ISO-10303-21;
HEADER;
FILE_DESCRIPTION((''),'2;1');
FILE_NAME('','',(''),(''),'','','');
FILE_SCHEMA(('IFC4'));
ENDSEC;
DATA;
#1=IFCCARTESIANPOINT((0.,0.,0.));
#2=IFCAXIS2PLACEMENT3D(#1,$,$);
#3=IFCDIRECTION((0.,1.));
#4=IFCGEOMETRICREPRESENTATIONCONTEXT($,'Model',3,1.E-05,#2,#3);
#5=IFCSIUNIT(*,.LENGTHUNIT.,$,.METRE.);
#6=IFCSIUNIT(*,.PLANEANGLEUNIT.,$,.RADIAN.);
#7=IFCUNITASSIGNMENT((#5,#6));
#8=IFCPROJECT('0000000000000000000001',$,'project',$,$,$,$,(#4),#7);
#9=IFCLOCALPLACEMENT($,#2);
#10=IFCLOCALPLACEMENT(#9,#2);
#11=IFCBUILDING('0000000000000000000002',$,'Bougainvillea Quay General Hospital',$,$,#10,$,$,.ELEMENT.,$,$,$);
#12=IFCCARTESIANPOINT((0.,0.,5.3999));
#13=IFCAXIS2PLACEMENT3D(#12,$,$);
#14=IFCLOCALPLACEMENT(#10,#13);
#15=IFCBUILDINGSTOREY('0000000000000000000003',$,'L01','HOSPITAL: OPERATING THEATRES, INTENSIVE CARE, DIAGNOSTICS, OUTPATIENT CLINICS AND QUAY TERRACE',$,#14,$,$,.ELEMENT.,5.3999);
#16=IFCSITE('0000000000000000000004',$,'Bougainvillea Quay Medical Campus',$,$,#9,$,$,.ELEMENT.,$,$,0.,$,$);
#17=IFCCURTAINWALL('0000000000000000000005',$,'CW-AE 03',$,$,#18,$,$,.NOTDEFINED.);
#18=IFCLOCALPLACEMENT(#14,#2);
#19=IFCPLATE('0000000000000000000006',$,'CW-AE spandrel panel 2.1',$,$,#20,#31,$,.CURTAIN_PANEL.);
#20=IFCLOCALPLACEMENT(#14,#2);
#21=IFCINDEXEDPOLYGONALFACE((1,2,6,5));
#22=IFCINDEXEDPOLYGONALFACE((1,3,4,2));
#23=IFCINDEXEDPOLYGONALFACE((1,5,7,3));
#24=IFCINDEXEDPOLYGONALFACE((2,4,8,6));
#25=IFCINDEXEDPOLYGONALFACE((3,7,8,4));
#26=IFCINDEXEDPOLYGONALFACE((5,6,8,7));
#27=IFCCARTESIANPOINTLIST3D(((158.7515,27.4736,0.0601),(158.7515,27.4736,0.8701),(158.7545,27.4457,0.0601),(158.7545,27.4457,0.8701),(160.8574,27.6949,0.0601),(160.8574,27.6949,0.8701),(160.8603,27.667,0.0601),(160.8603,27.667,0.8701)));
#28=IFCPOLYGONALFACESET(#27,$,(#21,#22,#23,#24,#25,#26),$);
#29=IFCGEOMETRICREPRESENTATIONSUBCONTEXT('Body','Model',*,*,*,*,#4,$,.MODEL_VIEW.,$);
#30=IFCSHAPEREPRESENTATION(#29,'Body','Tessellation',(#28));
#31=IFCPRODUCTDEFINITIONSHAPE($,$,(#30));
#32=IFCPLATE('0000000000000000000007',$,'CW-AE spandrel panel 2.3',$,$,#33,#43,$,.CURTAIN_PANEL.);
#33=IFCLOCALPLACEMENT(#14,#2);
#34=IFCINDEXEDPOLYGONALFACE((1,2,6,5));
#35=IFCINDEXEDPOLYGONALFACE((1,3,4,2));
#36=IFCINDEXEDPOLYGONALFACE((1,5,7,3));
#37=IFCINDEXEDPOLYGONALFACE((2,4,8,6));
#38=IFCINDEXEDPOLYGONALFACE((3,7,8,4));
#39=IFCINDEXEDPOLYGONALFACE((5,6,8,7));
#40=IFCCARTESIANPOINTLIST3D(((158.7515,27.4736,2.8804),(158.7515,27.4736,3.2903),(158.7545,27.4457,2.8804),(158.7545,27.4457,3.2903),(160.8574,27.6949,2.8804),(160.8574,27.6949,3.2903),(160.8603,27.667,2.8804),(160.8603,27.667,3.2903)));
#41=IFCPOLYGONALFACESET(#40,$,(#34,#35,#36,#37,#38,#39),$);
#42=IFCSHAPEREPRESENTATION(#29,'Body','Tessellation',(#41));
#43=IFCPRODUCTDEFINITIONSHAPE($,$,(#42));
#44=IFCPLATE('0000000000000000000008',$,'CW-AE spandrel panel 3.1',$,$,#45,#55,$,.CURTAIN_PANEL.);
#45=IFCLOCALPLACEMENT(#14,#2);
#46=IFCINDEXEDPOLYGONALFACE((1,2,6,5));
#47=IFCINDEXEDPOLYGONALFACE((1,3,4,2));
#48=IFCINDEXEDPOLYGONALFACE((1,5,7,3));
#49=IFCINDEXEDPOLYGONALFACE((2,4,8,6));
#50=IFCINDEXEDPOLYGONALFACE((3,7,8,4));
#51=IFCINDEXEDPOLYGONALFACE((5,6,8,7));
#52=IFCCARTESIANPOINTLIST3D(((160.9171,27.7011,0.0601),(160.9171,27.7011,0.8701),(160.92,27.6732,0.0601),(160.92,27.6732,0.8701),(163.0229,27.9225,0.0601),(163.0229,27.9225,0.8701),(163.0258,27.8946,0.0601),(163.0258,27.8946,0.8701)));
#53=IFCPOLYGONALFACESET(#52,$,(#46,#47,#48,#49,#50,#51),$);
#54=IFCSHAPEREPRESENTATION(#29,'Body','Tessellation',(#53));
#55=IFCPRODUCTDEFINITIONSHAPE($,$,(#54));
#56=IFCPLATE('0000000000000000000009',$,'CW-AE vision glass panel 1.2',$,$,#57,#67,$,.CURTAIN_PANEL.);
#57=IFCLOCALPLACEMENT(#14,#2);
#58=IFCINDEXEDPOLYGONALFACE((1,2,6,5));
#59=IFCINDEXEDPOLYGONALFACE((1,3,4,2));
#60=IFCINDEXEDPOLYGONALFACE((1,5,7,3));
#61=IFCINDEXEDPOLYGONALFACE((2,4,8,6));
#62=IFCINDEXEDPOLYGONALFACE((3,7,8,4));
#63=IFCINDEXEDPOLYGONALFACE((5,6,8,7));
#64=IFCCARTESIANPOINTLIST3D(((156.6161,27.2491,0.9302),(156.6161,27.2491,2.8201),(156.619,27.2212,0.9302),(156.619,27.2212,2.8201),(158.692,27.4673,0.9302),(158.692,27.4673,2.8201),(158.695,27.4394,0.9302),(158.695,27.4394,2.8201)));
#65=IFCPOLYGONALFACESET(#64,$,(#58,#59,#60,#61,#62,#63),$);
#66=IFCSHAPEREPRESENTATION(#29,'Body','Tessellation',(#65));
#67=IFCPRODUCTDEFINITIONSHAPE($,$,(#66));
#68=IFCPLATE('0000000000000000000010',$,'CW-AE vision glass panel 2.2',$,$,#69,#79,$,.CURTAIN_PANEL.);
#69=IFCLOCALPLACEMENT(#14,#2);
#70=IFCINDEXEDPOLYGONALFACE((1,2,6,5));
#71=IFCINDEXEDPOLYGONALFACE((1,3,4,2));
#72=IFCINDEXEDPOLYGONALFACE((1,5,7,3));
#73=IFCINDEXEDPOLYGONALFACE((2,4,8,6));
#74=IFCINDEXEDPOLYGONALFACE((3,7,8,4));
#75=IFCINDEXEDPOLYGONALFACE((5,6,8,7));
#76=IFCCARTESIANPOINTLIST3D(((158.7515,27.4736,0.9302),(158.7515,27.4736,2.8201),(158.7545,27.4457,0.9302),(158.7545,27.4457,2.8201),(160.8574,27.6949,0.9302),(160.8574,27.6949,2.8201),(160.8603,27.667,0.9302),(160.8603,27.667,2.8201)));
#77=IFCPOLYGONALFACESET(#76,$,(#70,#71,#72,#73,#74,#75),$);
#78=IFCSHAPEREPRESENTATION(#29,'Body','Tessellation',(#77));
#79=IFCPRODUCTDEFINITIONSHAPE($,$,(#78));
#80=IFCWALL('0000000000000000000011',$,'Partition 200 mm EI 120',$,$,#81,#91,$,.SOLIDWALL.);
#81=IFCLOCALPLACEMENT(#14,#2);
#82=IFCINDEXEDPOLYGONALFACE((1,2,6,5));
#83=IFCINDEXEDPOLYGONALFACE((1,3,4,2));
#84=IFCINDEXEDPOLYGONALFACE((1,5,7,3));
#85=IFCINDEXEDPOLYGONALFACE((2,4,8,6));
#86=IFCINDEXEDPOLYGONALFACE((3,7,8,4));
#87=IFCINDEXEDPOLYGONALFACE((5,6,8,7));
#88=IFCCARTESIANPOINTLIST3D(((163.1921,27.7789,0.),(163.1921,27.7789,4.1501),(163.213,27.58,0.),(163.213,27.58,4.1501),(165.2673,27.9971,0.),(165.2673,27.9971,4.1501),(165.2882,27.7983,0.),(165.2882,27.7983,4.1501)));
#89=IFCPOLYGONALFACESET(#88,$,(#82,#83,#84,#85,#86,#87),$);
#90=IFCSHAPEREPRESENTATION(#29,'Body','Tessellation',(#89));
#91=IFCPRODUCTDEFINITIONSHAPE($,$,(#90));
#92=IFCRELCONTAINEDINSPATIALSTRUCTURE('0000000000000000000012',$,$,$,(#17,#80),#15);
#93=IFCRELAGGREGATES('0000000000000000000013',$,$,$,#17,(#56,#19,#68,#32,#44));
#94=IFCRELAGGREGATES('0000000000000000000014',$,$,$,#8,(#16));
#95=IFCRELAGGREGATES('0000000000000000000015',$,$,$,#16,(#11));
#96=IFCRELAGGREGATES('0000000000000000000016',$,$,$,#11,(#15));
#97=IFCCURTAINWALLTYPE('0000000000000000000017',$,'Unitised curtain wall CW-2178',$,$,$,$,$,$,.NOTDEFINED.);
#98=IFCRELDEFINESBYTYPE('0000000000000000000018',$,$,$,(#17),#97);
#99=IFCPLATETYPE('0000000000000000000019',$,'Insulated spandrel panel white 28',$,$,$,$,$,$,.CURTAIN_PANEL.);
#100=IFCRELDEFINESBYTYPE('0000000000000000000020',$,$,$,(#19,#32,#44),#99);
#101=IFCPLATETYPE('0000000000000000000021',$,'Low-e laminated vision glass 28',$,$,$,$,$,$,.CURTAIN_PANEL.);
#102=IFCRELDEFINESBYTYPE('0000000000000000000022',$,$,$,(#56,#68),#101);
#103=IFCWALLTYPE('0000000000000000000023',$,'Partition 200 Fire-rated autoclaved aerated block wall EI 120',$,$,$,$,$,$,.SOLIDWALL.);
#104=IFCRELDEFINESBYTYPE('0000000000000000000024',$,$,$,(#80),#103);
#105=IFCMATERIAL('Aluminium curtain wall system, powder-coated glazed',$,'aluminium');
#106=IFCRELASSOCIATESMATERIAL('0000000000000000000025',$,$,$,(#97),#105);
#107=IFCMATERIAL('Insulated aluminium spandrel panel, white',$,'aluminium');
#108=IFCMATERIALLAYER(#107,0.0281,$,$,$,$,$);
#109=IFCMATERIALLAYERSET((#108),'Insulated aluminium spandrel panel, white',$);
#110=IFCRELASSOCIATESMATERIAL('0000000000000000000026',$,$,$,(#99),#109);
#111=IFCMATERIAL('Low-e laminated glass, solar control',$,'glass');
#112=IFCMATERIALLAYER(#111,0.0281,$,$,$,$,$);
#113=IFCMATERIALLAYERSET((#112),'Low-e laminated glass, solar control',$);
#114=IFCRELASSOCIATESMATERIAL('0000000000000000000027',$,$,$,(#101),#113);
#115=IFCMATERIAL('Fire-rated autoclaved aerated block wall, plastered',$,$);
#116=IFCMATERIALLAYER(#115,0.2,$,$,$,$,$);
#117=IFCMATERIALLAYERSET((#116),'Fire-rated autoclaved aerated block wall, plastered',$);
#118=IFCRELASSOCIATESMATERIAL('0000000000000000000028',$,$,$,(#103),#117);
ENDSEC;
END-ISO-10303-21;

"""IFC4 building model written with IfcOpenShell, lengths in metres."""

from ifc_helpers import new_model, si_unit, direction, frame, frame_2d, origin, origin_2d, place, context, subcontext, project, spatial, rectangle, extrude, material, layer, layer_set, type_object, element, aggregate, save


model = new_model("IFC4")

# Units and contexts
model_context = context("Model", 3, precision=1e-05, world=origin(), true_north=direction((0.0, 1.0)))
body_context = subcontext(model_context, "Body", "Model", "MODEL_VIEW")
ifc_project = project(units=[si_unit("LENGTHUNIT", "METRE"), si_unit("PLANEANGLEUNIT", "RADIAN")], contexts=[model_context])

# Site, building, storey
site_placement = place(None, origin())
site = spatial("IfcSite", under=ifc_project, at=site_placement, Name="Bougainvillea Quay Medical Campus", CompositionType="ELEMENT", RefElevation=0.0)
building_placement = place(site_placement, origin())
building = spatial("IfcBuilding", under=site, at=building_placement, Name="Bougainvillea Quay General Hospital", CompositionType="ELEMENT")
storey_placement = place(building_placement, frame((0.0, 0.0, 5.3999)))
storey = spatial("IfcBuildingStorey", under=building, at=storey_placement, Name="L01", Description="HOSPITAL: OPERATING THEATRES, INTENSIVE CARE, DIAGNOSTICS, OUTPATIENT CLINICS AND QUAY TERRACE", CompositionType="ELEMENT", Elevation=5.3999)

# Curtain wall, plates
ifc_material_1 = material(Name="Aluminium curtain wall system, powder-coated glazed", Category="aluminium")
curtain_wall_type = type_object("IfcCurtainWallType", Name="Unitised curtain wall CW-2178", PredefinedType="NOTDEFINED", material=ifc_material_1)
curtain_wall_placement = place(storey_placement, origin())
curtain_wall = element("IfcCurtainWall", 1, at=curtain_wall_placement, inside=storey, type_object=curtain_wall_type, Name="CW-AE 03", PredefinedType="NOTDEFINED")
ifc_material_2 = material(Name="Insulated aluminium spandrel panel, white", Category="aluminium")
ifc_layer_1 = layer(ifc_material_2, 0.0281)
ifc_layer_set_1 = layer_set([ifc_layer_1], Name="Insulated aluminium spandrel panel, white")
plate_type_1 = type_object("IfcPlateType", Name="Insulated spandrel panel white 28", PredefinedType="CURTAIN_PANEL", material=ifc_layer_set_1)
plate_1_placement = place(storey_placement, frame((159.8059, 27.5703, 0.0601), z_axis=(0.0, 0.0, 1.0), x_axis=(0.994522, 0.104527, 0.0)))
plate_1 = element("IfcPlate", 2, at=plate_1_placement, type_object=plate_type_1, Name="CW-AE spandrel panel 2.1", PredefinedType="CURTAIN_PANEL", context=body_context, shape_type="SweptSolid", body=[
    extrude(rectangle(XDim=2.1174, YDim=0.0281, at=origin_2d()), origin(), (0.0, 0.0, 1.0), 0.8101),
])
plate_2_placement = place(storey_placement, frame((159.8059, 27.5703, 2.8804), z_axis=(0.0, 0.0, 1.0), x_axis=(0.994522, 0.104527, 0.0)))
plate_2 = element("IfcPlate", 3, at=plate_2_placement, type_object=plate_type_1, Name="CW-AE spandrel panel 2.3", PredefinedType="CURTAIN_PANEL", context=body_context, shape_type="SweptSolid", body=[
    extrude(rectangle(XDim=2.1174, YDim=0.0281, at=origin_2d()), origin(), (0.0, 0.0, 1.0), 0.4099),
])
plate_3_placement = place(storey_placement, frame((161.9714, 27.7979, 0.0601), z_axis=(0.0, 0.0, 1.0), x_axis=(0.994522, 0.104527, 0.0)))
plate_3 = element("IfcPlate", 4, at=plate_3_placement, type_object=plate_type_1, Name="CW-AE spandrel panel 3.1", PredefinedType="CURTAIN_PANEL", context=body_context, shape_type="SweptSolid", body=[
    extrude(rectangle(XDim=2.1174, YDim=0.0281, at=origin_2d()), origin(), (0.0, 0.0, 1.0), 0.8101),
])
ifc_material_3 = material(Name="Low-e laminated glass, solar control", Category="glass")
ifc_layer_2 = layer(ifc_material_3, 0.0281)
ifc_layer_set_2 = layer_set([ifc_layer_2], Name="Low-e laminated glass, solar control")
plate_type_2 = type_object("IfcPlateType", Name="Low-e laminated vision glass 28", PredefinedType="CURTAIN_PANEL", material=ifc_layer_set_2)
plate_4_placement = place(storey_placement, frame((157.6555, 27.3442, 0.9302), z_axis=(0.0, 0.0, 1.0), x_axis=(0.994522, 0.104527, 0.0)))
plate_4 = element("IfcPlate", 5, at=plate_4_placement, type_object=plate_type_2, Name="CW-AE vision glass panel 1.2", PredefinedType="CURTAIN_PANEL", context=body_context, shape_type="SweptSolid", body=[
    extrude(rectangle(XDim=2.0874, YDim=0.0281, at=origin_2d()), origin(), (0.0, 0.0, 1.0), 1.8899),
])
plate_5_placement = place(storey_placement, frame((159.8059, 27.5703, 0.9302), z_axis=(0.0, 0.0, 1.0), x_axis=(0.994522, 0.104527, 0.0)))
plate_5 = element("IfcPlate", 6, at=plate_5_placement, type_object=plate_type_2, Name="CW-AE vision glass panel 2.2", PredefinedType="CURTAIN_PANEL", context=body_context, shape_type="SweptSolid", body=[
    extrude(rectangle(XDim=2.1174, YDim=0.0281, at=origin_2d()), origin(), (0.0, 0.0, 1.0), 1.8899),
])
aggregate(curtain_wall, [plate_4, plate_1, plate_5, plate_2, plate_3])

# Wall
ifc_material_4 = material(Name="Fire-rated autoclaved aerated block wall, plastered")
ifc_layer_3 = layer(ifc_material_4, 0.2)
ifc_layer_set_3 = layer_set([ifc_layer_3], Name="Fire-rated autoclaved aerated block wall, plastered")
wall_type = type_object("IfcWallType", Name="Partition 200 Fire-rated autoclaved aerated block wall EI 120", PredefinedType="SOLIDWALL", material=ifc_layer_set_3)
wall_placement = place(storey_placement, frame((163.2024, 27.6794, 0.0), z_axis=(0.0, 0.0, 1.0), x_axis=(0.994514, 0.1046, 0.0)))
element("IfcWall", 7, at=wall_placement, inside=storey, type_object=wall_type, Name="Partition 200 mm EI 120", PredefinedType="SOLIDWALL", context=body_context, shape_type="SweptSolid", body=[
    extrude(rectangle(XDim=2.0867, YDim=0.2, at=frame_2d((1.0435, 0.0))), origin(), (0.0, 0.0, 1.0), 4.1501),
])

save(model, "model.ifc")
